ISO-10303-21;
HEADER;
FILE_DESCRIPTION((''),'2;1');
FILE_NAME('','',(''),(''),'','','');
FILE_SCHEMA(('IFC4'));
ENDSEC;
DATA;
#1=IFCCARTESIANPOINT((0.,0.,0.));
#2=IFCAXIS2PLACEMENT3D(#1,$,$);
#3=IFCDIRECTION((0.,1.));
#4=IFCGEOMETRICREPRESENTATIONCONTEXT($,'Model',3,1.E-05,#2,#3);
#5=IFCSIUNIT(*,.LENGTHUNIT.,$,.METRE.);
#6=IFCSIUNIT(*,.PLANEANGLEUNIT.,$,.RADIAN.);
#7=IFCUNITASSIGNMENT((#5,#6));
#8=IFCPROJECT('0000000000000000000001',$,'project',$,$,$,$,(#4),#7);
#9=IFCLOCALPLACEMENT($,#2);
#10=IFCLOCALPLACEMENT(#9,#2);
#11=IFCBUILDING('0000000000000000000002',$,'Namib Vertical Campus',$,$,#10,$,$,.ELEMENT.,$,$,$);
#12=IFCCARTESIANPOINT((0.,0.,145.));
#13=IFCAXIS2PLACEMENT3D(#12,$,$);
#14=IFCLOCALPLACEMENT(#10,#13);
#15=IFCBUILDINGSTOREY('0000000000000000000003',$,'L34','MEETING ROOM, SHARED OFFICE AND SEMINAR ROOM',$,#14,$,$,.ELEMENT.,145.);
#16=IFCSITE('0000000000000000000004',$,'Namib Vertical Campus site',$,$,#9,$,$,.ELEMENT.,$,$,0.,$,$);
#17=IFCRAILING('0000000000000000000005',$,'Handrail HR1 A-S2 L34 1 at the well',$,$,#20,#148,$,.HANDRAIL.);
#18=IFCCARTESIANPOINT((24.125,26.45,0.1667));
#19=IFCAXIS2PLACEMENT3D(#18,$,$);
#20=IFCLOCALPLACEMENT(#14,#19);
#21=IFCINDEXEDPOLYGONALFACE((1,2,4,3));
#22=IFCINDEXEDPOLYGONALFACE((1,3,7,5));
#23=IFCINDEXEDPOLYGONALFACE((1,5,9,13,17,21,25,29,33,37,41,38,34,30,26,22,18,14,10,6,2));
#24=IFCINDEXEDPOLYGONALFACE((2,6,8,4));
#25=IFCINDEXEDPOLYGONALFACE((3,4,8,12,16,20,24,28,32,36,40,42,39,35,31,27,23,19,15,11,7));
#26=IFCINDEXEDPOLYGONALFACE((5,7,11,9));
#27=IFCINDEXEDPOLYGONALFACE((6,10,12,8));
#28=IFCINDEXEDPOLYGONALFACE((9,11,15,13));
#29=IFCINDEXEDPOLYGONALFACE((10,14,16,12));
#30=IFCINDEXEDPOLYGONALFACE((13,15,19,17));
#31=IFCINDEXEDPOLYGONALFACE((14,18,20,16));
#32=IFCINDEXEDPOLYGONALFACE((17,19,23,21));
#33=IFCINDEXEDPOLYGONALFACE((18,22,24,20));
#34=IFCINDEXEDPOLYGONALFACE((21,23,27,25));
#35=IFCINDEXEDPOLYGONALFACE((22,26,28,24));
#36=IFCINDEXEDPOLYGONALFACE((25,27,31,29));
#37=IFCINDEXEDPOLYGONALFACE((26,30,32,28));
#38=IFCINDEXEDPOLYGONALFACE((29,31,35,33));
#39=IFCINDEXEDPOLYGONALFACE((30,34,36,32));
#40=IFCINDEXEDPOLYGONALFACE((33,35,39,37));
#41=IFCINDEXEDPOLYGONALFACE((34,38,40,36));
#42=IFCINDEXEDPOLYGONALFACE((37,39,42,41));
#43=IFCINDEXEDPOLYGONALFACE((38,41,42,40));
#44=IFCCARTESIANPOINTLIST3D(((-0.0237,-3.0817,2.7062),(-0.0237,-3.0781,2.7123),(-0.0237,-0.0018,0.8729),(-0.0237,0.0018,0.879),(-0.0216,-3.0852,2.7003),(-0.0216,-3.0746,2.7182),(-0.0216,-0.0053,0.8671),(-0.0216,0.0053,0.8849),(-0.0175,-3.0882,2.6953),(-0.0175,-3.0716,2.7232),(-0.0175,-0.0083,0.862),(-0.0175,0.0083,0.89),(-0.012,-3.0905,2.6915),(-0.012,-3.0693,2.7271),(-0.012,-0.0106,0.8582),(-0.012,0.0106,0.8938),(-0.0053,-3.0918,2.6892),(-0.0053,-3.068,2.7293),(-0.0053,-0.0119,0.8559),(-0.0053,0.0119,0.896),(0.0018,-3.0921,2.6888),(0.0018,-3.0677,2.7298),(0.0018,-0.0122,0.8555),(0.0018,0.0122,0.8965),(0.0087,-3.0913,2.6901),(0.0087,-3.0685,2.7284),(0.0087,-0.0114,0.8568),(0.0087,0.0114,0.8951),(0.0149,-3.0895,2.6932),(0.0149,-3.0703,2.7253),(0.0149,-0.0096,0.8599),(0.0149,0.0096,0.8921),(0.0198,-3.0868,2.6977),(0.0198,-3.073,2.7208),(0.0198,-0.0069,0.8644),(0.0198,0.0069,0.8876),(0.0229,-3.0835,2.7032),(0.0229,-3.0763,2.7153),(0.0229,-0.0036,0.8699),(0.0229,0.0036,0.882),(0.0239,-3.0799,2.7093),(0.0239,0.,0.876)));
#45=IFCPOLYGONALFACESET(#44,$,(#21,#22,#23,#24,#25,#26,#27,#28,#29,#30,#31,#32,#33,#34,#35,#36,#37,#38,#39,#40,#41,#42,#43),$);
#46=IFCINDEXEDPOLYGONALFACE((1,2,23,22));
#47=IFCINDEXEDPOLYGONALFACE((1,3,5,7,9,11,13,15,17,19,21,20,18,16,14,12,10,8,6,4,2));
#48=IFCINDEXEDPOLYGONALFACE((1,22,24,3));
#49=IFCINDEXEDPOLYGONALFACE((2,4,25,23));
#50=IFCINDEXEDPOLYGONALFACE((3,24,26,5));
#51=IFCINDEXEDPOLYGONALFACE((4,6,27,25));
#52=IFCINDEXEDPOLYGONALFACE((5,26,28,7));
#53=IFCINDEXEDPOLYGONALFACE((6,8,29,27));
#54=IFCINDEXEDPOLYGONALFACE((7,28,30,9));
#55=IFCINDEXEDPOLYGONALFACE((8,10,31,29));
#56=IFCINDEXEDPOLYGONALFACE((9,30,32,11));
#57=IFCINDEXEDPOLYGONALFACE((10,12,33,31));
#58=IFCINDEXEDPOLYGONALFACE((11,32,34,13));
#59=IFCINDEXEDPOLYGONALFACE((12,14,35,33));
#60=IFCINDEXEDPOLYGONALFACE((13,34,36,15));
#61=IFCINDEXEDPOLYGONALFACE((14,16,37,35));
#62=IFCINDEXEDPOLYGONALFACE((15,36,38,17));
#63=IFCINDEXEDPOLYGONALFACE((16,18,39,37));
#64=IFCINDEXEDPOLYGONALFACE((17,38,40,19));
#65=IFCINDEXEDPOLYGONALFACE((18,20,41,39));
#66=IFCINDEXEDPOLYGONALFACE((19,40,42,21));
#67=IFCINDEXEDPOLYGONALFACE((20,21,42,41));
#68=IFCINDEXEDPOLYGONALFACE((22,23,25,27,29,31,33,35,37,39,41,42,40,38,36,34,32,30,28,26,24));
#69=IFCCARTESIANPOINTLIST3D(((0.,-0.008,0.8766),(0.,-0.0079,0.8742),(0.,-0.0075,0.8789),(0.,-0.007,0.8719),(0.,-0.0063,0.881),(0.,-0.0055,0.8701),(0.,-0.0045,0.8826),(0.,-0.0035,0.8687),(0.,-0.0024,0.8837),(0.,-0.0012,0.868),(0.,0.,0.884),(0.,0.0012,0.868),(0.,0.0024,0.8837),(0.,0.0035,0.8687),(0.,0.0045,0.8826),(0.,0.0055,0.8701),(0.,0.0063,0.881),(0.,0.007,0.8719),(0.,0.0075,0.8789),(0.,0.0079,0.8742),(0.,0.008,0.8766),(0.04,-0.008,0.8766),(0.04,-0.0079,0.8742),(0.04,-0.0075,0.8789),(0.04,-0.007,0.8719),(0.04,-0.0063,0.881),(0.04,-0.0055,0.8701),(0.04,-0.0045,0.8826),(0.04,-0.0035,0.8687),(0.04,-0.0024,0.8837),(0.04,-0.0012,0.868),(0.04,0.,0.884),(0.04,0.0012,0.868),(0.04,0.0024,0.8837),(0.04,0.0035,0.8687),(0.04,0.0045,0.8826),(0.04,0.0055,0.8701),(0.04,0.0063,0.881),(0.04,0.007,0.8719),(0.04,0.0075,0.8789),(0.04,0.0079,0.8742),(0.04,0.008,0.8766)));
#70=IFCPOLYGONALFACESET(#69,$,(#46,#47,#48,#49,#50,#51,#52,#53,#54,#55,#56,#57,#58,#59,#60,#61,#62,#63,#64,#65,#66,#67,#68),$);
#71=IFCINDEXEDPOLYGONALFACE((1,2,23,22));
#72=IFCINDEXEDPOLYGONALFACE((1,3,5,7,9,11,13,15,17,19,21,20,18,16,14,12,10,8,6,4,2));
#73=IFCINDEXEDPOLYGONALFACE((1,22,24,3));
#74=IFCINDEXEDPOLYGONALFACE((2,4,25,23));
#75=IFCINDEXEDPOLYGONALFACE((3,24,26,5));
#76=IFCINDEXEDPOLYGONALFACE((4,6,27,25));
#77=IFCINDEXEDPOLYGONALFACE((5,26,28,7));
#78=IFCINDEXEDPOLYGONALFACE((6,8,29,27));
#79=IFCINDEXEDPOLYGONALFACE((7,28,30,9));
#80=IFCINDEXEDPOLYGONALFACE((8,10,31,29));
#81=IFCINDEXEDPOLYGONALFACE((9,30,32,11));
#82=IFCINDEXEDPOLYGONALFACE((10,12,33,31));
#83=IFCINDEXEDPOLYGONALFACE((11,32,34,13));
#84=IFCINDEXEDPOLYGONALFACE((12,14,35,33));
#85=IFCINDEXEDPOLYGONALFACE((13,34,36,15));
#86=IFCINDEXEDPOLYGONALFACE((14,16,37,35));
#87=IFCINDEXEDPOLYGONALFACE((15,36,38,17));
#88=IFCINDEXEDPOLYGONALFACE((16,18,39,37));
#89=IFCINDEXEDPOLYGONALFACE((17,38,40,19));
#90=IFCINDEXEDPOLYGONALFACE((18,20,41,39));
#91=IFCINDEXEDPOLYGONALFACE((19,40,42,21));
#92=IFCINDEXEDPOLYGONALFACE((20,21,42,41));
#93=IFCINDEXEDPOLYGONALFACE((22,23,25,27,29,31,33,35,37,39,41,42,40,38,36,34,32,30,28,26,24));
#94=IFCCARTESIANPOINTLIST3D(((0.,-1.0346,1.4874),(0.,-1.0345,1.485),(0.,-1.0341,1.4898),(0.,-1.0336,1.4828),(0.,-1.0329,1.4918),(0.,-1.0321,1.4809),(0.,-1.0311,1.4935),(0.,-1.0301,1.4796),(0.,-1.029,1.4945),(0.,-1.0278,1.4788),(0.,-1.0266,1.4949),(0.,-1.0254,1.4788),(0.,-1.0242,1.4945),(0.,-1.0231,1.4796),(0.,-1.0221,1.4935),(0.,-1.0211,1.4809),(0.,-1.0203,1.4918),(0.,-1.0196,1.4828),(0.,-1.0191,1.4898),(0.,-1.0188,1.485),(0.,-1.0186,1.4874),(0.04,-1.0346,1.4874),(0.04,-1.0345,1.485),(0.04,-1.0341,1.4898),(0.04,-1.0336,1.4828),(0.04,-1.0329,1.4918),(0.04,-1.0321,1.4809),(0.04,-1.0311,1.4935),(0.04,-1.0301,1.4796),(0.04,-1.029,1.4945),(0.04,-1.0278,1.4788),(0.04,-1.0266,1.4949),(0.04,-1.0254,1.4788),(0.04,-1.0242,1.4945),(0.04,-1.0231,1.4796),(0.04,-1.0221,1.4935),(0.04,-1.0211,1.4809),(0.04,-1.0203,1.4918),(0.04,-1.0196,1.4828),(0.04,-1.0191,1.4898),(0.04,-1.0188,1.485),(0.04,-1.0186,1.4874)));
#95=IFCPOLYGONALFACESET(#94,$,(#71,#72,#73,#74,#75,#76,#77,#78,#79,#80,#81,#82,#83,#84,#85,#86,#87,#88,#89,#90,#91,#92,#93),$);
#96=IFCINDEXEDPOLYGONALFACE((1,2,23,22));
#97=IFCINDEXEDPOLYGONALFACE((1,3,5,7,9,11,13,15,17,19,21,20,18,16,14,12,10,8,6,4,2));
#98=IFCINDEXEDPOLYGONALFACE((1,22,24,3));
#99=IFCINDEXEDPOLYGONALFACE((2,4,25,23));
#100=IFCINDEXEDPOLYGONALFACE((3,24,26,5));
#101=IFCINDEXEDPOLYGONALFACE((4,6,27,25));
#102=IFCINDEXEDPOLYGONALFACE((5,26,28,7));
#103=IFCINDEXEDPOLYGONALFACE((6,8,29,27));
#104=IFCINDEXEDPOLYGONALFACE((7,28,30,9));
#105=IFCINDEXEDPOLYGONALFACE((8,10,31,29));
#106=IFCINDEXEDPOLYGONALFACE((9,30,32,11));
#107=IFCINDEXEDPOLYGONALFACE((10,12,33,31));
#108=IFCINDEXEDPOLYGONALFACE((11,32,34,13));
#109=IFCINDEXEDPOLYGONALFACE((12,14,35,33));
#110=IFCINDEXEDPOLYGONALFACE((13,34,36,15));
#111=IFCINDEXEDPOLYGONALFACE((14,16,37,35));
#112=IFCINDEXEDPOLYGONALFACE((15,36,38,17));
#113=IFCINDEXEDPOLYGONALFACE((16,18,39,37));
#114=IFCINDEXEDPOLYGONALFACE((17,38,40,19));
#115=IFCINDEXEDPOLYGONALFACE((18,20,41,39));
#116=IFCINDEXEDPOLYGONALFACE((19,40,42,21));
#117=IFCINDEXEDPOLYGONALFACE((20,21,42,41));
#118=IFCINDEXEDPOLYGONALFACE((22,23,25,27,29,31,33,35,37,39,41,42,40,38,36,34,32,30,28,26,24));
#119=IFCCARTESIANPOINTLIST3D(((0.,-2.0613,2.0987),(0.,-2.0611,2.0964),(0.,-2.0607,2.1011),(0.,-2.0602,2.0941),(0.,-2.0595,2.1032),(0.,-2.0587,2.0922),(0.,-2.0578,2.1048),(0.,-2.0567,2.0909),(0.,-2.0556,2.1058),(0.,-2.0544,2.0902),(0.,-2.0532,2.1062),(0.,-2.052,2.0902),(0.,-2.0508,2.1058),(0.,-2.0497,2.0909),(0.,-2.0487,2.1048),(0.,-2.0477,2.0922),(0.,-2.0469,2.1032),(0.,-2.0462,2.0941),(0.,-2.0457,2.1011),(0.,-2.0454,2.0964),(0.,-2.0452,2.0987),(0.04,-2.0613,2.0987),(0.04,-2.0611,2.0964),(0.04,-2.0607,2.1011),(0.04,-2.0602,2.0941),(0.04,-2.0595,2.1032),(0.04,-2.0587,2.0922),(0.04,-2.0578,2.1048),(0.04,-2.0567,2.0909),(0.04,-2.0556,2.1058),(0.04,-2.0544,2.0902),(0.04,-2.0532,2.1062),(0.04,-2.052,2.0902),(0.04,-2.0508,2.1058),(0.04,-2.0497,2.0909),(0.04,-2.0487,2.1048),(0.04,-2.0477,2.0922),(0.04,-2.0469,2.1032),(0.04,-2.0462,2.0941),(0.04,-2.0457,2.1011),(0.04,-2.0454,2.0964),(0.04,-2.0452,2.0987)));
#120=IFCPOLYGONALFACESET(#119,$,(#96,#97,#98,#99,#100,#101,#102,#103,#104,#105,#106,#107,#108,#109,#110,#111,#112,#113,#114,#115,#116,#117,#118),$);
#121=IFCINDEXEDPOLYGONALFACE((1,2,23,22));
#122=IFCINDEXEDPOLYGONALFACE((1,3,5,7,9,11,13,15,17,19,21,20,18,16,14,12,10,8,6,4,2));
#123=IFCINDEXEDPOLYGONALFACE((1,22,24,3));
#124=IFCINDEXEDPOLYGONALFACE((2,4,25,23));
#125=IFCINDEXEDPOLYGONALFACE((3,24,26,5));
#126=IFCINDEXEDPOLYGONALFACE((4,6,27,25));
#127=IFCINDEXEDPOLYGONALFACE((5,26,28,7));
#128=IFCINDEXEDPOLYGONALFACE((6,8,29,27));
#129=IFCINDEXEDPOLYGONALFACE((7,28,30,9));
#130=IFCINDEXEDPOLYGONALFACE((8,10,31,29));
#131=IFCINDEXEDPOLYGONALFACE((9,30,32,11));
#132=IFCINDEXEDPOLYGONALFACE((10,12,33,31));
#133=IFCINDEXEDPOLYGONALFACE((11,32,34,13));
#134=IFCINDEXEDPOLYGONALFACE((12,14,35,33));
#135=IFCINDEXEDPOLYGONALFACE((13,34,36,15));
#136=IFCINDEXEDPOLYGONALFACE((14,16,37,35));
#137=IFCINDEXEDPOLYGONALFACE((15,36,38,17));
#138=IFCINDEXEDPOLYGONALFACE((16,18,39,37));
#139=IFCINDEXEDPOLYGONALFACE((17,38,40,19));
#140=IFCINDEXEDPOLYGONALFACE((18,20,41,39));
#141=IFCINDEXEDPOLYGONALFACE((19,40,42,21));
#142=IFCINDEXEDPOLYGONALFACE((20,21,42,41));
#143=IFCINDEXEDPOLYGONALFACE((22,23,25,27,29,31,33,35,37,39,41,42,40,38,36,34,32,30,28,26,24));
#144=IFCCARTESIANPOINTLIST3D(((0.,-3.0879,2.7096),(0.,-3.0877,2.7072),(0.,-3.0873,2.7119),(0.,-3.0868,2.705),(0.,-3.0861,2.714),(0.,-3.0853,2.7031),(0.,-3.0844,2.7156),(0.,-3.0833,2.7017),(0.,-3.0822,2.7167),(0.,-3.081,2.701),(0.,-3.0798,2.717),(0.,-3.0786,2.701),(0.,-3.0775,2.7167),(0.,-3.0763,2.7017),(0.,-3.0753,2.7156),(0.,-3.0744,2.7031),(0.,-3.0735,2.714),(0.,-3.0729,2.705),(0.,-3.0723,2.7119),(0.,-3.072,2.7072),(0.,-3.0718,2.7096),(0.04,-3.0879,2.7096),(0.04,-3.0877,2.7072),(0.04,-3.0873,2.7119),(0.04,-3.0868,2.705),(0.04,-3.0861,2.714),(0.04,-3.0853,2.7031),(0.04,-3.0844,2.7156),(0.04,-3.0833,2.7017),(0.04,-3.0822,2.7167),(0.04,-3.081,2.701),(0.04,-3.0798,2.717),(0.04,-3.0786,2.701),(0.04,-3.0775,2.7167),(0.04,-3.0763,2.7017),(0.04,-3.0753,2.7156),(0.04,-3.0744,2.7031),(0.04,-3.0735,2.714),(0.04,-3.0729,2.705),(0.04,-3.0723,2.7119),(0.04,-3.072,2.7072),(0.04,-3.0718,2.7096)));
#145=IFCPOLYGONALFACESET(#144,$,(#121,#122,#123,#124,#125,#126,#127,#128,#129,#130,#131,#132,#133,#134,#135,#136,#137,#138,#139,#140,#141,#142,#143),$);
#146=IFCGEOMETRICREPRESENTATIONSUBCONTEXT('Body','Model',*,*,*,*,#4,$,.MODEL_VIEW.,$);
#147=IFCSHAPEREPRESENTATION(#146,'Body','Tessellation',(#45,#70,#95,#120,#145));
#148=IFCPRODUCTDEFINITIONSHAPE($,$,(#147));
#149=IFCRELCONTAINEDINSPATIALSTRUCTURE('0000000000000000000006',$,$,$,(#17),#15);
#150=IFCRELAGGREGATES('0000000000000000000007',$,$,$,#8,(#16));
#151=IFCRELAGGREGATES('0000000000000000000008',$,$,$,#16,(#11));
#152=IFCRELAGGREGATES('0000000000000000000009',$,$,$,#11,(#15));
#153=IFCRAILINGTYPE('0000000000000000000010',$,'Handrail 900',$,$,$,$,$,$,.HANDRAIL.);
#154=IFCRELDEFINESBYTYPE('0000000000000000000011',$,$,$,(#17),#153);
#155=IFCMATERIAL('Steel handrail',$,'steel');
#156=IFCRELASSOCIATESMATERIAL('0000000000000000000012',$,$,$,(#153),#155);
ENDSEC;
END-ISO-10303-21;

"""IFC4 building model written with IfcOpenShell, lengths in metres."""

from ifc_helpers import new_model, si_unit, direction, frame, origin, origin_2d, place, context, subcontext, project, spatial, circle, extrude, material, type_object, element, save


model = new_model("IFC4")

# Units and contexts
model_context = context("Model", 3, precision=1e-05, world=origin(), true_north=direction((0.0, 1.0)))
body_context = subcontext(model_context, "Body", "Model", "MODEL_VIEW")
ifc_project = project(units=[si_unit("LENGTHUNIT", "METRE"), si_unit("PLANEANGLEUNIT", "RADIAN")], contexts=[model_context])

# Site, building, storey
site_placement = place(None, origin())
site = spatial("IfcSite", under=ifc_project, at=site_placement, Name="Namib Vertical Campus site", CompositionType="ELEMENT", RefElevation=0.0)
building_placement = place(site_placement, origin())
building = spatial("IfcBuilding", under=site, at=building_placement, Name="Namib Vertical Campus", CompositionType="ELEMENT")
storey_placement = place(building_placement, frame((0.0, 0.0, 145.0)))
storey = spatial("IfcBuildingStorey", under=building, at=storey_placement, Name="L34", Description="MEETING ROOM, SHARED OFFICE AND SEMINAR ROOM", CompositionType="ELEMENT", Elevation=145.0)

# Railing
ifc_material_1 = material(Name="Steel handrail", Category="steel")
railing_type_1 = type_object("IfcRailingType", Name="Handrail 900", PredefinedType="HANDRAIL", material=ifc_material_1)
railing_1_placement = place(storey_placement, frame((24.125, 26.45, 0.1667)))
element("IfcRailing", 1, at=railing_1_placement, inside=storey, type_object=railing_type_1, Name="Handrail HR1 A-S2 L34 1 at the well", PredefinedType="HANDRAIL", context=body_context, shape_type="SweptSolid", body=[
    extrude(circle(Radius=0.0239, at=origin_2d()), frame((0.0, 0.0, 0.876), z_axis=(0.0, -0.859291, 0.511487), x_axis=(1.0, 0.0, 0.0)), (0.0, 0.0, 1.0), 3.5842),
    extrude(circle(Radius=0.0081, at=origin_2d()), frame((0.0, 0.0, 0.876), z_axis=(1.0, 0.0, 0.0), x_axis=(0.0, 0.0, 1.0)), (0.0, 0.0, 1.0), 0.04),
    extrude(circle(Radius=0.0081, at=origin_2d()), frame((0.0, -1.0266, 1.4868), z_axis=(1.0, 0.0, 0.0), x_axis=(0.0, 0.0, 1.0)), (0.0, 0.0, 1.0), 0.04),
    extrude(circle(Radius=0.0081, at=origin_2d()), frame((0.0, -2.0532, 2.0981), z_axis=(1.0, 0.0, 0.0), x_axis=(0.0, 0.0, 1.0)), (0.0, 0.0, 1.0), 0.04),
    extrude(circle(Radius=0.0081, at=origin_2d()), frame((0.0, -3.0798, 2.709), z_axis=(1.0, 0.0, 0.0), x_axis=(0.0, 0.0, 1.0)), (0.0, 0.0, 1.0), 0.04),
])

save(model, "model.ifc")
